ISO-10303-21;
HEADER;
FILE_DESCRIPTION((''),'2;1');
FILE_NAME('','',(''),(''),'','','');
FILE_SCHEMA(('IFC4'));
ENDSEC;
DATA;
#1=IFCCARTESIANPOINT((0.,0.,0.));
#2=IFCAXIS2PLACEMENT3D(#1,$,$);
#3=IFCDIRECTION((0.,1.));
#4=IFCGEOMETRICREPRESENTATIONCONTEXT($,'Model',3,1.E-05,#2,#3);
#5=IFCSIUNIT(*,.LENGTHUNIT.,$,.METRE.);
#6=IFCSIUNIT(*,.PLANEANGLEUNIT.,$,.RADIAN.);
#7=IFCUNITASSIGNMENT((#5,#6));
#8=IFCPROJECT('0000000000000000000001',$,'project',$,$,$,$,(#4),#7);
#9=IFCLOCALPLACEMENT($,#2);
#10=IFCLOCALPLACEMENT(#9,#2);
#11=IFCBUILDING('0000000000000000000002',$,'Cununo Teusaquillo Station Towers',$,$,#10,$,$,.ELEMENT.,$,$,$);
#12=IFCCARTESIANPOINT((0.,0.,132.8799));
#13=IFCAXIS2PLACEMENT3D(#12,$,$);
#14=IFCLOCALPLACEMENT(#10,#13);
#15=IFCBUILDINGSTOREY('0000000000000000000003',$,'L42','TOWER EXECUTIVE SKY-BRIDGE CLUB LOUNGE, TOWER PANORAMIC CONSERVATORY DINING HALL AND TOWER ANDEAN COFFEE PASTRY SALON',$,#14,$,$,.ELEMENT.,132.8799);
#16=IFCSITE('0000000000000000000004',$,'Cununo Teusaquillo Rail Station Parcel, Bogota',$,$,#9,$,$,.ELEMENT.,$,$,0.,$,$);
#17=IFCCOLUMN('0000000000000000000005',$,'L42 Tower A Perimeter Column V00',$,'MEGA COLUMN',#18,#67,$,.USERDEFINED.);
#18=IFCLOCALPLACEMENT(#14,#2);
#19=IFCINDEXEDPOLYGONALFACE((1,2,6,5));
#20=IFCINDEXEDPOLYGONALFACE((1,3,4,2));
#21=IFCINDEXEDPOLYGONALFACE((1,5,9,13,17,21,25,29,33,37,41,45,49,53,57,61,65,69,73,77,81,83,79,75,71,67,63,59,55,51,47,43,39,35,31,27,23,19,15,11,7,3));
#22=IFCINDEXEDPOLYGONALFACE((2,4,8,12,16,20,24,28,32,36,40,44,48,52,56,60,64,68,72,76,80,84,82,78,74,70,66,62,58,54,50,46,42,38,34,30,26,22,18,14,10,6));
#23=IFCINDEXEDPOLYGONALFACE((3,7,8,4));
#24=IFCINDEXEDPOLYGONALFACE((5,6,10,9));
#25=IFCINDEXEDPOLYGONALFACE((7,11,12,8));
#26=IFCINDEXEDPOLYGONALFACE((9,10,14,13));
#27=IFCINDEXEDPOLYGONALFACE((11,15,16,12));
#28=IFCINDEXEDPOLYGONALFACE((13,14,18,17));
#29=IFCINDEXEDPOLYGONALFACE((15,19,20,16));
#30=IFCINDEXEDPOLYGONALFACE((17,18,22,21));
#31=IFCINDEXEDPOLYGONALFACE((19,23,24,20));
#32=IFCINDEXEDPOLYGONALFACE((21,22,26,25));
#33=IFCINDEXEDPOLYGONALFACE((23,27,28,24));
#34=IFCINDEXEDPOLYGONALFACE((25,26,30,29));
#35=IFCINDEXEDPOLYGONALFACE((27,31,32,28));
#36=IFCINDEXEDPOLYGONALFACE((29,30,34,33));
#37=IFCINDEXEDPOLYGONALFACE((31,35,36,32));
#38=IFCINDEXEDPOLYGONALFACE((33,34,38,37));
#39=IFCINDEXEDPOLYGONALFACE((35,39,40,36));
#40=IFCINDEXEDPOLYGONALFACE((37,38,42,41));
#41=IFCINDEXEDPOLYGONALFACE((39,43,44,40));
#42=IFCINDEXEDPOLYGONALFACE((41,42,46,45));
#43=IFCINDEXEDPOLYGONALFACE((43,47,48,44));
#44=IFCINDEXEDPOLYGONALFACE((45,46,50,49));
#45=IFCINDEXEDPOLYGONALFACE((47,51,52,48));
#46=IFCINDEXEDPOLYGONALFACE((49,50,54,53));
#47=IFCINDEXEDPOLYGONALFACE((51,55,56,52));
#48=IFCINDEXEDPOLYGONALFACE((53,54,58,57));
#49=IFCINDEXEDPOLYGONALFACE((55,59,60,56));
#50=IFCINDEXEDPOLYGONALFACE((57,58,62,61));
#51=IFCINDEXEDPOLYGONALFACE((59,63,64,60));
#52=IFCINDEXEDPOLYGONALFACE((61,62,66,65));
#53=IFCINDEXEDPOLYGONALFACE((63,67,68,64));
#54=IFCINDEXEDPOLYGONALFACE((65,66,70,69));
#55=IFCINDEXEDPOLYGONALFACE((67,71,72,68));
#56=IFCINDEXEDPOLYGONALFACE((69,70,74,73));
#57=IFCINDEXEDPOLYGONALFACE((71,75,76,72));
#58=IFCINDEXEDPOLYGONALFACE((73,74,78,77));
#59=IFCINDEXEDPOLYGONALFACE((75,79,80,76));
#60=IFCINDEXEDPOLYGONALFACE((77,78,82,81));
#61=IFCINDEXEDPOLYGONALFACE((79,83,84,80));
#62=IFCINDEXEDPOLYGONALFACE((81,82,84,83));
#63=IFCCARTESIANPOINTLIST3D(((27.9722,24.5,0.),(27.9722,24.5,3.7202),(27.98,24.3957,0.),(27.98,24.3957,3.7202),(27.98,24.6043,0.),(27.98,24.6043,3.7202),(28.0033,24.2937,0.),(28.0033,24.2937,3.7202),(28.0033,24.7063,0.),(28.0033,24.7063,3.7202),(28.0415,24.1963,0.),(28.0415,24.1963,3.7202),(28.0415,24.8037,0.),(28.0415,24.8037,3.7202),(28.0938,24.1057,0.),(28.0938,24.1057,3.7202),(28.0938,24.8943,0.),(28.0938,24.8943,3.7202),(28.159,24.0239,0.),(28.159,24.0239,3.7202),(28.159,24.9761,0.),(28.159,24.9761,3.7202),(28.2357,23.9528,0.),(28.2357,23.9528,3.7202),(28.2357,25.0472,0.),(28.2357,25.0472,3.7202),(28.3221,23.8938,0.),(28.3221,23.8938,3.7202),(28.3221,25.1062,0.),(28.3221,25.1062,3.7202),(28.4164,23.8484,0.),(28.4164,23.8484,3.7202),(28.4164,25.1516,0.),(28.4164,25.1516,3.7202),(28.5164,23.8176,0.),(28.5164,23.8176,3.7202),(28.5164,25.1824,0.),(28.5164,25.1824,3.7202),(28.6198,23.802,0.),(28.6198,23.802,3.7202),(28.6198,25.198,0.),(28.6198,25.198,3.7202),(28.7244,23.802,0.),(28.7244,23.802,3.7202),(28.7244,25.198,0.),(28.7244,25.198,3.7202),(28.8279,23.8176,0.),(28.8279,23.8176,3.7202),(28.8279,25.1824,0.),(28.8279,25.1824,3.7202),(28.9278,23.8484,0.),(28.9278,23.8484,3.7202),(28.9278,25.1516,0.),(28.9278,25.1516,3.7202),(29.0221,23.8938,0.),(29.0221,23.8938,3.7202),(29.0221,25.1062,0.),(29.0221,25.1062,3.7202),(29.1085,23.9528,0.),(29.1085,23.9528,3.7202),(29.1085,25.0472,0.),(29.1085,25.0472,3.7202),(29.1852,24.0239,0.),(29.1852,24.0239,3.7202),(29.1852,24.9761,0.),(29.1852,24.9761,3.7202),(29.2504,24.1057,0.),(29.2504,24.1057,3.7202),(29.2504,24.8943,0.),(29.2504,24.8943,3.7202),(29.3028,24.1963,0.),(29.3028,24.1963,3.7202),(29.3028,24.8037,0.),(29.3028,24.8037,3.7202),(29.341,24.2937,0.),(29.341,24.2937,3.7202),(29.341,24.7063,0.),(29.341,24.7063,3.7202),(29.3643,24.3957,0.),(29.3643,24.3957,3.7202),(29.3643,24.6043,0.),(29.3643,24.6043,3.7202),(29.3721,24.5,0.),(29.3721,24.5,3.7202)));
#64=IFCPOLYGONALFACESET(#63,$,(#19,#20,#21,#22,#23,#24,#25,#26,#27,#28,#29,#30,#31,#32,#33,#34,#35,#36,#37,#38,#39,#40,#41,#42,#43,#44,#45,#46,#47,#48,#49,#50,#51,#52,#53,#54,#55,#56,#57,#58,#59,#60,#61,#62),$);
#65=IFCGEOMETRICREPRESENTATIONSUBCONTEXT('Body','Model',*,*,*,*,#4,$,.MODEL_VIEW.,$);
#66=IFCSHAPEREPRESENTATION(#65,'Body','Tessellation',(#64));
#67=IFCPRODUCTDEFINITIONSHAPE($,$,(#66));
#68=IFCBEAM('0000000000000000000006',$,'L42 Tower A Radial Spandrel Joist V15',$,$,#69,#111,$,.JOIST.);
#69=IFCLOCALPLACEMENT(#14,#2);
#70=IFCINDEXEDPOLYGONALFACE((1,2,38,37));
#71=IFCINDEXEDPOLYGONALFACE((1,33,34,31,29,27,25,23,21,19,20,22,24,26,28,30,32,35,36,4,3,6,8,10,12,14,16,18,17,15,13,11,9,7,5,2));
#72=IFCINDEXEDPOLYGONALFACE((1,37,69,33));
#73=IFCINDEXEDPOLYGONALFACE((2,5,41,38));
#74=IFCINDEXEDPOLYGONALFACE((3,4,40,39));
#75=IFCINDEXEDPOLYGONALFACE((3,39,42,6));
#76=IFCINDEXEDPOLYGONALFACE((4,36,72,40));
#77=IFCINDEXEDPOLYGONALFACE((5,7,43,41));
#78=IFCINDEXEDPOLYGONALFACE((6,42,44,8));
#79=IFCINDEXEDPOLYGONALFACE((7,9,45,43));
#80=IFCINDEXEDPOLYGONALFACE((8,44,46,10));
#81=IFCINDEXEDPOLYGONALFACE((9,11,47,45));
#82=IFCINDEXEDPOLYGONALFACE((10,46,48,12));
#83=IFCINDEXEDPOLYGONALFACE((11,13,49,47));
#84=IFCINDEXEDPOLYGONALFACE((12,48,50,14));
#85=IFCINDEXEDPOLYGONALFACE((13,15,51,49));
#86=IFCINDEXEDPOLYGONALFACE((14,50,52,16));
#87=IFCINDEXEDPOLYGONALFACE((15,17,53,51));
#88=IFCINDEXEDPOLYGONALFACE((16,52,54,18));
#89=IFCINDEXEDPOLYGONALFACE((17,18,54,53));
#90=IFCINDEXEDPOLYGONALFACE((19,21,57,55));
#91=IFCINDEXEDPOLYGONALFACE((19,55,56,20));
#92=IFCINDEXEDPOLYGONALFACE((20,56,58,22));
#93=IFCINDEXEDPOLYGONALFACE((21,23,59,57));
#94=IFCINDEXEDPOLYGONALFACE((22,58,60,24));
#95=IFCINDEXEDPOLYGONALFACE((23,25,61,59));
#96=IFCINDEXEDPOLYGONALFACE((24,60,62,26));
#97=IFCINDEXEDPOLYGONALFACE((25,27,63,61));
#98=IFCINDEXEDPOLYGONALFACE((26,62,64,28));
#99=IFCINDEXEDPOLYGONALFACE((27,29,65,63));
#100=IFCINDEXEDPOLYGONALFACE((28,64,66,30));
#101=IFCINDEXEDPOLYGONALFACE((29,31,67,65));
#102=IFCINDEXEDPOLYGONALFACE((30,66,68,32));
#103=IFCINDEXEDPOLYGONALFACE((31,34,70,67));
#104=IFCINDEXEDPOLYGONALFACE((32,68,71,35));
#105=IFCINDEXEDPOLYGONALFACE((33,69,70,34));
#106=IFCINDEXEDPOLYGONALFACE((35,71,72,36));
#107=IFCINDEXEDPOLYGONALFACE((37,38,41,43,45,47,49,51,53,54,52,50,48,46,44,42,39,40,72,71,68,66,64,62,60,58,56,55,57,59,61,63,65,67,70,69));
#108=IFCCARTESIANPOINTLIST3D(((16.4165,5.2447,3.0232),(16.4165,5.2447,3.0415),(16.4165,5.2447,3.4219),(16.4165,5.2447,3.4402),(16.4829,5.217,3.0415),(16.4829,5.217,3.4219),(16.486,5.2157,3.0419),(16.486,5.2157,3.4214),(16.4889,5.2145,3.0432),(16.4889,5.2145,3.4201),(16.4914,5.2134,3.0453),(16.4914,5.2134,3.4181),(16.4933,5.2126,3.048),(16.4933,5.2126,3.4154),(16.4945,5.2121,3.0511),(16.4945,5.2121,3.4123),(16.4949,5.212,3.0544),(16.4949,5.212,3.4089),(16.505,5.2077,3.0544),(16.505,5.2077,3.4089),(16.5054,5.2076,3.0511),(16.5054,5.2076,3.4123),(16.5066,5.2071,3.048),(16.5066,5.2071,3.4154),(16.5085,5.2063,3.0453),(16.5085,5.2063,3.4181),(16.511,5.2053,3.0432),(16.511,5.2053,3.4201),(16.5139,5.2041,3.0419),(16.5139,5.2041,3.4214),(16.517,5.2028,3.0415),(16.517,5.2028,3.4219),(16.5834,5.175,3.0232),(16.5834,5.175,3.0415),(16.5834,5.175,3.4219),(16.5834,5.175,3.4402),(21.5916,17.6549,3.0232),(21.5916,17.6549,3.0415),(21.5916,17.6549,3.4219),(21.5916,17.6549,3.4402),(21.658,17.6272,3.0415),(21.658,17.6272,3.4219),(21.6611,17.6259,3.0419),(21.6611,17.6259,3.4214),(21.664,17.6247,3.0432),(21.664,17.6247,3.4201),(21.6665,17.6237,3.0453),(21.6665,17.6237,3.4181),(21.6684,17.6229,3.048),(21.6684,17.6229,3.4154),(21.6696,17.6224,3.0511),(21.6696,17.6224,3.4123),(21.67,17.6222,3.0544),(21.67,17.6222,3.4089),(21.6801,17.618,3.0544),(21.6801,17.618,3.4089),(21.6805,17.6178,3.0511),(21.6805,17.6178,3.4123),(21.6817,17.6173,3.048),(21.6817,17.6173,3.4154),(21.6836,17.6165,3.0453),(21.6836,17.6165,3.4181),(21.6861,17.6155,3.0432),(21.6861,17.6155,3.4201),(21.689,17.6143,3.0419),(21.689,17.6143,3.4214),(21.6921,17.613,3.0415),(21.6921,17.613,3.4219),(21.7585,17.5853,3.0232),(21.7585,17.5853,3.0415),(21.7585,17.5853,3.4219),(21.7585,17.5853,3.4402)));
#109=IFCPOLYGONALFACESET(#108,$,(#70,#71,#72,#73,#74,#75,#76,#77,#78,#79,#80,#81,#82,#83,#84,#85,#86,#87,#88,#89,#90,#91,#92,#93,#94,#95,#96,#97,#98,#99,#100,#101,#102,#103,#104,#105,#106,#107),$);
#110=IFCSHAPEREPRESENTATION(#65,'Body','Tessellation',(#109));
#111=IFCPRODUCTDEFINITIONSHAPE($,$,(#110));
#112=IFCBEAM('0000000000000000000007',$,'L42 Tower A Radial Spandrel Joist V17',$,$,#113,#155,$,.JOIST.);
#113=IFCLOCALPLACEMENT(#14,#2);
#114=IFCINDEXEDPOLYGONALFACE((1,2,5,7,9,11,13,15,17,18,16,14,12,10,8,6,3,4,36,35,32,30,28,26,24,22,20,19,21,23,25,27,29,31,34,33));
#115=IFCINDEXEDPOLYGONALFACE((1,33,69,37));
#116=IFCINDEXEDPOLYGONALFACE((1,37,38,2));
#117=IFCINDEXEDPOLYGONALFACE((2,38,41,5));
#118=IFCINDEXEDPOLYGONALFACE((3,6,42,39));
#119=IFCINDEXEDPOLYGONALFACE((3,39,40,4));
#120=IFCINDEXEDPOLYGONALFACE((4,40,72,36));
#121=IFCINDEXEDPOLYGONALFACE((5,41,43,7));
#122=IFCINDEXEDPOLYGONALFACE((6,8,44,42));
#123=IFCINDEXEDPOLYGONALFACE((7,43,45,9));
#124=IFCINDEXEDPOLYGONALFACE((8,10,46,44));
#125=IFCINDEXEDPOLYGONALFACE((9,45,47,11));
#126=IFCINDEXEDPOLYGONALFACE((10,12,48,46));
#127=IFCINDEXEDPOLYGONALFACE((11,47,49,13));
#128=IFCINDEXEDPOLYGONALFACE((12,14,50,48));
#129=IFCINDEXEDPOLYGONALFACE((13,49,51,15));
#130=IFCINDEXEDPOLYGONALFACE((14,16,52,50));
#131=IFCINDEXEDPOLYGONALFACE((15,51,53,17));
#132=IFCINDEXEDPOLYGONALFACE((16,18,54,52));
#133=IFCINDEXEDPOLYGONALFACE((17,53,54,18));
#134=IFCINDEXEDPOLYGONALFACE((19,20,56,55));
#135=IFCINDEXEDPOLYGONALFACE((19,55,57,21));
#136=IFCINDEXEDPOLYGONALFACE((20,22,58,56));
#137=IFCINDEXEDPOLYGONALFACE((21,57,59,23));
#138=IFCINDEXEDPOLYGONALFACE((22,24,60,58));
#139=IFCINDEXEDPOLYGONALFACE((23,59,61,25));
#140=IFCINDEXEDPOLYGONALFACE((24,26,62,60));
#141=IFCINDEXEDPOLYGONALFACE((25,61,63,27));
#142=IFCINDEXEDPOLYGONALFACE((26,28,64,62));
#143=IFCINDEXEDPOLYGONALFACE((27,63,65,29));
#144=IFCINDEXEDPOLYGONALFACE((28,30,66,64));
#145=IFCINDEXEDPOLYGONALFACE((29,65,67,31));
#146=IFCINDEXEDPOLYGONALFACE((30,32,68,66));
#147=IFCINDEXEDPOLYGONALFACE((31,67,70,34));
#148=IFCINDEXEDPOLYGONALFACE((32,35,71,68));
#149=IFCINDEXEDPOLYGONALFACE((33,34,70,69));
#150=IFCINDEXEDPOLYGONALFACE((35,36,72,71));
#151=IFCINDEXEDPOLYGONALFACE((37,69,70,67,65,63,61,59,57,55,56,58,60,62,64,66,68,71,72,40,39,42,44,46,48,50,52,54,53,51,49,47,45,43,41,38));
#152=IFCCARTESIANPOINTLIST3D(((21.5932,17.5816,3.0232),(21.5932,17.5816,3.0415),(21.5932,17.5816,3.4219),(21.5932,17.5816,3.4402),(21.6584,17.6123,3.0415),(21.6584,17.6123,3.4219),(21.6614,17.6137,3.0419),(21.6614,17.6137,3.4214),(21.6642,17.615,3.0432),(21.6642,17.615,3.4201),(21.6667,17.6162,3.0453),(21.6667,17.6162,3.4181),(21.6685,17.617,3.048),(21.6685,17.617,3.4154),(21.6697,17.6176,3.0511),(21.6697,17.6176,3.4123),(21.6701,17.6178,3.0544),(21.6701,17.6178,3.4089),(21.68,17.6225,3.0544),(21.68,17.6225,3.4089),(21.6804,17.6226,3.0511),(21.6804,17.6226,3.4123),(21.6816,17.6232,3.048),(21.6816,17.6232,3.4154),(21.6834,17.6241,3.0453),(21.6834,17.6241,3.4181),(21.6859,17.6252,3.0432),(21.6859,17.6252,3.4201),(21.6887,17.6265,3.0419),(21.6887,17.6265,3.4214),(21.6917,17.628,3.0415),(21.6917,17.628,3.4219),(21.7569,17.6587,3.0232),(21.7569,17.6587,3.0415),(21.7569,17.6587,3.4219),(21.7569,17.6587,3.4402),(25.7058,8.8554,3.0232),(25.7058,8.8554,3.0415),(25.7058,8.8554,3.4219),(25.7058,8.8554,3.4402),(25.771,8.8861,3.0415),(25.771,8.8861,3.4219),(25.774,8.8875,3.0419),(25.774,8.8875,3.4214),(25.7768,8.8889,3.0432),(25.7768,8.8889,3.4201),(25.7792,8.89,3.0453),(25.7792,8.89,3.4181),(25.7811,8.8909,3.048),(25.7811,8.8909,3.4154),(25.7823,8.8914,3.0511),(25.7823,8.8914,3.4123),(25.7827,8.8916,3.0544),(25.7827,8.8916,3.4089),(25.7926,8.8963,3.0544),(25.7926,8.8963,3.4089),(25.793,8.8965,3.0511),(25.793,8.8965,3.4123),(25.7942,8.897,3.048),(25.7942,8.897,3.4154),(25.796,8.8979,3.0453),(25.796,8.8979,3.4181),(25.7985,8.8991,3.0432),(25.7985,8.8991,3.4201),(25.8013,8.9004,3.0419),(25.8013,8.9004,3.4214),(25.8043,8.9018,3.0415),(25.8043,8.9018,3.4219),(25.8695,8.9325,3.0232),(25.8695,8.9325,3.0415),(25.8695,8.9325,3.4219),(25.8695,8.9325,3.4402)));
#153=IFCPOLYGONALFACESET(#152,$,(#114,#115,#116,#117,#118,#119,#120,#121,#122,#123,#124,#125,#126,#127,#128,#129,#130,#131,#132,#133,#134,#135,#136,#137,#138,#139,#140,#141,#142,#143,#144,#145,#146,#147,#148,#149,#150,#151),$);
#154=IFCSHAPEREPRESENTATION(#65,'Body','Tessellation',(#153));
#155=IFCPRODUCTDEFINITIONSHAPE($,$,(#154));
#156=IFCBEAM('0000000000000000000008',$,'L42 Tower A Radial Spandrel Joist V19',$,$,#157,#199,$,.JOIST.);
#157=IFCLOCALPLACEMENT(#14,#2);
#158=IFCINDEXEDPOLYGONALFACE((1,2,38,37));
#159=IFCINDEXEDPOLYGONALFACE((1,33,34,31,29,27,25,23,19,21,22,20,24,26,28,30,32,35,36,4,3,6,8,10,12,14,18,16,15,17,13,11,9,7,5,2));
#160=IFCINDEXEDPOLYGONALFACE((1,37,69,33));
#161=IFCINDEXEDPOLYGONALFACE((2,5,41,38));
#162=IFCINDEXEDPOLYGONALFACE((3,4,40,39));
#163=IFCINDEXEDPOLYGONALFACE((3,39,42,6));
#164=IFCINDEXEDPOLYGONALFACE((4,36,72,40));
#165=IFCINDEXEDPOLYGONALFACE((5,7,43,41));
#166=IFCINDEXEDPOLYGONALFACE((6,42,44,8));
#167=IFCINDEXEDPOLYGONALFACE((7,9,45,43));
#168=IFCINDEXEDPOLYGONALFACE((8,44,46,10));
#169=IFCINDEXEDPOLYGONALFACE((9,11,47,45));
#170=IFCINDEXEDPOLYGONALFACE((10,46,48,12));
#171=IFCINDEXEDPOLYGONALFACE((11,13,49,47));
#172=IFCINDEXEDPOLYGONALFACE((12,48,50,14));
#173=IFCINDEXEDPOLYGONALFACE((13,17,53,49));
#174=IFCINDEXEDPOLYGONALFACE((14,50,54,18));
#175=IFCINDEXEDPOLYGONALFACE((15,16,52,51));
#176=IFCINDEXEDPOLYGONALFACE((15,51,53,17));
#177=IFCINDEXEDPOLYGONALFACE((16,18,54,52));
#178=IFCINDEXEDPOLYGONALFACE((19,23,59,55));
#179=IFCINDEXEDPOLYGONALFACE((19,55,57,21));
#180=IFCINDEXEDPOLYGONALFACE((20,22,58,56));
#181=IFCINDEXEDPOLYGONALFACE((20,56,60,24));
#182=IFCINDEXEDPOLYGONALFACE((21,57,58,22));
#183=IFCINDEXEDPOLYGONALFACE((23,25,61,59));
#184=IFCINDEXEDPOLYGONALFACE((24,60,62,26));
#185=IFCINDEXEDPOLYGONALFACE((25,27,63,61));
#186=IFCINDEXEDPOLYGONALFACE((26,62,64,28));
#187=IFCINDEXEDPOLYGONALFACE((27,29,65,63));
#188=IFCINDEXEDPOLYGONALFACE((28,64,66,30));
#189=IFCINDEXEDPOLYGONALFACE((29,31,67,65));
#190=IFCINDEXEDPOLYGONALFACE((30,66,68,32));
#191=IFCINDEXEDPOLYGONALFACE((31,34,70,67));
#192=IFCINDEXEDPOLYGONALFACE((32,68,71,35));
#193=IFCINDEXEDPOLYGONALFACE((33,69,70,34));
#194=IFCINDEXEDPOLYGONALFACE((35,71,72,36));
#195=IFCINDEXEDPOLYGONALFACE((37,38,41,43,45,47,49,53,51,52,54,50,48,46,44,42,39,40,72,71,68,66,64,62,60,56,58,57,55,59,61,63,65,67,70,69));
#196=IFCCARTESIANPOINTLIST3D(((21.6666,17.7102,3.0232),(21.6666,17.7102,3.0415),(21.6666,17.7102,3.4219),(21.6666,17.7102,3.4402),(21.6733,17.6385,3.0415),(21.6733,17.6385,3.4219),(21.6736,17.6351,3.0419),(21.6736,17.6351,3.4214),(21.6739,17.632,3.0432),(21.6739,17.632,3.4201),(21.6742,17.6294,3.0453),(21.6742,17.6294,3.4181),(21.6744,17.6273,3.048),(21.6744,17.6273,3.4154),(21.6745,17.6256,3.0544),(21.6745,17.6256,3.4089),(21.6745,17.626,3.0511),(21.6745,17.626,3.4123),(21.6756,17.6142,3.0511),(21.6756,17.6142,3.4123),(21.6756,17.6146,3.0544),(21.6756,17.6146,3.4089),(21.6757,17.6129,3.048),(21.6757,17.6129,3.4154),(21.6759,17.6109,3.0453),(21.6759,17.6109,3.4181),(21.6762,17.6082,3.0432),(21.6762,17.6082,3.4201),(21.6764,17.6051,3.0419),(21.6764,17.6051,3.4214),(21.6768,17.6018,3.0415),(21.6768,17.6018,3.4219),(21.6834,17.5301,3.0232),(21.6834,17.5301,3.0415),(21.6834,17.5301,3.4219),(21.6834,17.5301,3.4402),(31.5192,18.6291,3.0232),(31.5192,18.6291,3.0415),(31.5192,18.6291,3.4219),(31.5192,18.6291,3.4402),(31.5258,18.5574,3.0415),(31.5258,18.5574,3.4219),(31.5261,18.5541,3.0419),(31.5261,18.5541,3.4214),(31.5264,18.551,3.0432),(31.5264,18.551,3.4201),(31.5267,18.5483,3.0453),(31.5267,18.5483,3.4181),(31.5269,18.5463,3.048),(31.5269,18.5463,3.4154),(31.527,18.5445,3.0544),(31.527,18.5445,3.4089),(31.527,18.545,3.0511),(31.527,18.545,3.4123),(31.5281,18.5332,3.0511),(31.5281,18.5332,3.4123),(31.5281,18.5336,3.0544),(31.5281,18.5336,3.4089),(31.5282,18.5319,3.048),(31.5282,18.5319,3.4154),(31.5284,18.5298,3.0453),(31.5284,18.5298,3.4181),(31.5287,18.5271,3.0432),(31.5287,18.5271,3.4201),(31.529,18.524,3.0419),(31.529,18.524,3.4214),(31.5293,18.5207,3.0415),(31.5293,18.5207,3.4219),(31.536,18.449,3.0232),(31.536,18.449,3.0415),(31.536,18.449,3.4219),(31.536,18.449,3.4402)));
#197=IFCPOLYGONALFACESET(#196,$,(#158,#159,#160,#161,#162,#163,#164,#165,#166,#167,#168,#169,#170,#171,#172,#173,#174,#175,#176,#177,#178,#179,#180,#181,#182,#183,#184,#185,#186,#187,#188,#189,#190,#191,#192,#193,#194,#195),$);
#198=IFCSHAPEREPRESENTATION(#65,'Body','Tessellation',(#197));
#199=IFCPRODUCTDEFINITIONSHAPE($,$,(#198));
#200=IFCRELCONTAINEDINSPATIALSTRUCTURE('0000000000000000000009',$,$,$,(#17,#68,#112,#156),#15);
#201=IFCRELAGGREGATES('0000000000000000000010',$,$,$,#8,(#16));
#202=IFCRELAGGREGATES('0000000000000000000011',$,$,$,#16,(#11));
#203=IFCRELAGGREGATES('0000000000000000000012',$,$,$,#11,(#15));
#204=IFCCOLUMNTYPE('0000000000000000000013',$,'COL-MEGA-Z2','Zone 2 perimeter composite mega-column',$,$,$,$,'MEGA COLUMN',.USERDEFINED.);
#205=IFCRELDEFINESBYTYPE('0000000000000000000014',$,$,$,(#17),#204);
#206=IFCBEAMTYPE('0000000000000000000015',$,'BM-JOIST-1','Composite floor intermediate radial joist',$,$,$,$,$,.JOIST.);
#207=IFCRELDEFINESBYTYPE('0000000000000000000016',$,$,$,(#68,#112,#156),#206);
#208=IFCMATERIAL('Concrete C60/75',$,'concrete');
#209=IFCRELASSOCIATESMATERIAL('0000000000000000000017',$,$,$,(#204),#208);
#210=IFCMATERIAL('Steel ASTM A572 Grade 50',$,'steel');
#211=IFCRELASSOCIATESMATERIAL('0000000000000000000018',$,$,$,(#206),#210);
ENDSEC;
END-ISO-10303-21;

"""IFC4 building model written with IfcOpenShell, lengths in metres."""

from ifc_helpers import new_model, si_unit, direction, frame, origin, origin_2d, place, context, subcontext, project, spatial, circle, i_section, extrude, material, material_profile, profile_set, type_object, element, save


model = new_model("IFC4")

# Units and contexts
model_context = context("Model", 3, precision=1e-05, world=origin(), true_north=direction((0.0, 1.0)))
body_context = subcontext(model_context, "Body", "Model", "MODEL_VIEW")
ifc_project = project(units=[si_unit("LENGTHUNIT", "METRE"), si_unit("PLANEANGLEUNIT", "RADIAN")], contexts=[model_context])

# Site, building, storey
site_placement = place(None, origin())
site = spatial("IfcSite", under=ifc_project, at=site_placement, Name="Cununo Teusaquillo Rail Station Parcel, Bogota", CompositionType="ELEMENT", RefElevation=0.0)
building_placement = place(site_placement, origin())
building = spatial("IfcBuilding", under=site, at=building_placement, Name="Cununo Teusaquillo Station Towers", CompositionType="ELEMENT")
storey_placement = place(building_placement, frame((0.0, 0.0, 132.8799)))
storey = spatial("IfcBuildingStorey", under=building, at=storey_placement, Name="L42", Description="TOWER EXECUTIVE SKY-BRIDGE CLUB LOUNGE, TOWER PANORAMIC CONSERVATORY DINING HALL AND TOWER ANDEAN COFFEE PASTRY SALON", CompositionType="ELEMENT", Elevation=132.8799)

# Column
ifc_material_1 = material(Name="Concrete C60/75", Category="concrete")
ifc_material_profile_1 = material_profile(ifc_material_1, circle(Radius=0.7, at=origin_2d()), Name="RC-CIRC-1400")
ifc_profile_set_1 = profile_set([ifc_material_profile_1], Name="Concrete C60/75")
column_type = type_object("IfcColumnType", Name="COL-MEGA-Z2", Description="Zone 2 perimeter composite mega-column", ElementType="MEGA COLUMN", PredefinedType="USERDEFINED", material=ifc_profile_set_1)
column_placement = place(storey_placement, frame((28.6721, 24.5, 0.0), z_axis=(0.0, 0.0, 1.0), x_axis=(1.0, 0.0, 0.0)))
element("IfcColumn", 1, at=column_placement, inside=storey, type_object=column_type, Name="L42 Tower A Perimeter Column V00", ObjectType="MEGA COLUMN", PredefinedType="USERDEFINED", context=body_context, shape_type="SweptSolid", body=[
    extrude(circle(Radius=0.7, at=origin_2d()), origin(), (0.0, 0.0, 1.0), 3.7202),
])

# Beams
ifc_material_2 = material(Name="Steel ASTM A572 Grade 50", Category="steel")
ifc_material_profile_2 = material_profile(ifc_material_2, i_section(OverallWidth=0.1809, OverallDepth=0.417, WebThickness=0.011, FlangeThickness=0.0183, FilletRadius=0.0129, at=origin_2d()), Name="W16X57")
ifc_profile_set_2 = profile_set([ifc_material_profile_2], Name="Steel ASTM A572 Grade 50")
beam_type_1 = type_object("IfcBeamType", Name="BM-JOIST-1", Description="Composite floor intermediate radial joist", PredefinedType="JOIST", material=ifc_profile_set_2)
beam_1_placement = place(storey_placement, frame((21.675, 17.6201, 3.2317), z_axis=(-0.384878, -0.922967, 0.0), x_axis=(0.922967, -0.384878, 0.0)))
element("IfcBeam", 2, at=beam_1_placement, inside=storey, type_object=beam_type_1, Name="L42 Tower A Radial Spandrel Joist V15", PredefinedType="JOIST", context=body_context, shape_type="SweptSolid", body=[
    extrude(i_section(OverallWidth=0.1809, OverallDepth=0.417, WebThickness=0.011, FlangeThickness=0.0183, FilletRadius=0.0129, at=origin_2d()), origin(), (0.0, 0.0, 1.0), 13.446),
])
beam_2_placement = place(storey_placement, frame((21.675, 17.6201, 3.2317), z_axis=(0.42632, -0.904572, 0.0), x_axis=(0.904572, 0.42632, 0.0)))
element("IfcBeam", 3, at=beam_2_placement, inside=storey, type_object=beam_type_1, Name="L42 Tower A Radial Spandrel Joist V17", PredefinedType="JOIST", context=body_context, shape_type="SweptSolid", body=[
    extrude(i_section(OverallWidth=0.1809, OverallDepth=0.417, WebThickness=0.011, FlangeThickness=0.0183, FilletRadius=0.0129, at=origin_2d()), origin(), (0.0, 0.0, 1.0), 9.6467),
])
beam_3_placement = place(storey_placement, frame((21.675, 17.6201, 3.2317), z_axis=(0.995679, 0.092867, 0.0), x_axis=(-0.092867, 0.995679, 0.0)))
element("IfcBeam", 4, at=beam_3_placement, inside=storey, type_object=beam_type_1, Name="L42 Tower A Radial Spandrel Joist V19", PredefinedType="JOIST", context=body_context, shape_type="SweptSolid", body=[
    extrude(i_section(OverallWidth=0.1809, OverallDepth=0.417, WebThickness=0.011, FlangeThickness=0.0183, FilletRadius=0.0129, at=origin_2d()), origin(), (0.0, 0.0, 1.0), 9.8953),
])

save(model, "model.ifc")
